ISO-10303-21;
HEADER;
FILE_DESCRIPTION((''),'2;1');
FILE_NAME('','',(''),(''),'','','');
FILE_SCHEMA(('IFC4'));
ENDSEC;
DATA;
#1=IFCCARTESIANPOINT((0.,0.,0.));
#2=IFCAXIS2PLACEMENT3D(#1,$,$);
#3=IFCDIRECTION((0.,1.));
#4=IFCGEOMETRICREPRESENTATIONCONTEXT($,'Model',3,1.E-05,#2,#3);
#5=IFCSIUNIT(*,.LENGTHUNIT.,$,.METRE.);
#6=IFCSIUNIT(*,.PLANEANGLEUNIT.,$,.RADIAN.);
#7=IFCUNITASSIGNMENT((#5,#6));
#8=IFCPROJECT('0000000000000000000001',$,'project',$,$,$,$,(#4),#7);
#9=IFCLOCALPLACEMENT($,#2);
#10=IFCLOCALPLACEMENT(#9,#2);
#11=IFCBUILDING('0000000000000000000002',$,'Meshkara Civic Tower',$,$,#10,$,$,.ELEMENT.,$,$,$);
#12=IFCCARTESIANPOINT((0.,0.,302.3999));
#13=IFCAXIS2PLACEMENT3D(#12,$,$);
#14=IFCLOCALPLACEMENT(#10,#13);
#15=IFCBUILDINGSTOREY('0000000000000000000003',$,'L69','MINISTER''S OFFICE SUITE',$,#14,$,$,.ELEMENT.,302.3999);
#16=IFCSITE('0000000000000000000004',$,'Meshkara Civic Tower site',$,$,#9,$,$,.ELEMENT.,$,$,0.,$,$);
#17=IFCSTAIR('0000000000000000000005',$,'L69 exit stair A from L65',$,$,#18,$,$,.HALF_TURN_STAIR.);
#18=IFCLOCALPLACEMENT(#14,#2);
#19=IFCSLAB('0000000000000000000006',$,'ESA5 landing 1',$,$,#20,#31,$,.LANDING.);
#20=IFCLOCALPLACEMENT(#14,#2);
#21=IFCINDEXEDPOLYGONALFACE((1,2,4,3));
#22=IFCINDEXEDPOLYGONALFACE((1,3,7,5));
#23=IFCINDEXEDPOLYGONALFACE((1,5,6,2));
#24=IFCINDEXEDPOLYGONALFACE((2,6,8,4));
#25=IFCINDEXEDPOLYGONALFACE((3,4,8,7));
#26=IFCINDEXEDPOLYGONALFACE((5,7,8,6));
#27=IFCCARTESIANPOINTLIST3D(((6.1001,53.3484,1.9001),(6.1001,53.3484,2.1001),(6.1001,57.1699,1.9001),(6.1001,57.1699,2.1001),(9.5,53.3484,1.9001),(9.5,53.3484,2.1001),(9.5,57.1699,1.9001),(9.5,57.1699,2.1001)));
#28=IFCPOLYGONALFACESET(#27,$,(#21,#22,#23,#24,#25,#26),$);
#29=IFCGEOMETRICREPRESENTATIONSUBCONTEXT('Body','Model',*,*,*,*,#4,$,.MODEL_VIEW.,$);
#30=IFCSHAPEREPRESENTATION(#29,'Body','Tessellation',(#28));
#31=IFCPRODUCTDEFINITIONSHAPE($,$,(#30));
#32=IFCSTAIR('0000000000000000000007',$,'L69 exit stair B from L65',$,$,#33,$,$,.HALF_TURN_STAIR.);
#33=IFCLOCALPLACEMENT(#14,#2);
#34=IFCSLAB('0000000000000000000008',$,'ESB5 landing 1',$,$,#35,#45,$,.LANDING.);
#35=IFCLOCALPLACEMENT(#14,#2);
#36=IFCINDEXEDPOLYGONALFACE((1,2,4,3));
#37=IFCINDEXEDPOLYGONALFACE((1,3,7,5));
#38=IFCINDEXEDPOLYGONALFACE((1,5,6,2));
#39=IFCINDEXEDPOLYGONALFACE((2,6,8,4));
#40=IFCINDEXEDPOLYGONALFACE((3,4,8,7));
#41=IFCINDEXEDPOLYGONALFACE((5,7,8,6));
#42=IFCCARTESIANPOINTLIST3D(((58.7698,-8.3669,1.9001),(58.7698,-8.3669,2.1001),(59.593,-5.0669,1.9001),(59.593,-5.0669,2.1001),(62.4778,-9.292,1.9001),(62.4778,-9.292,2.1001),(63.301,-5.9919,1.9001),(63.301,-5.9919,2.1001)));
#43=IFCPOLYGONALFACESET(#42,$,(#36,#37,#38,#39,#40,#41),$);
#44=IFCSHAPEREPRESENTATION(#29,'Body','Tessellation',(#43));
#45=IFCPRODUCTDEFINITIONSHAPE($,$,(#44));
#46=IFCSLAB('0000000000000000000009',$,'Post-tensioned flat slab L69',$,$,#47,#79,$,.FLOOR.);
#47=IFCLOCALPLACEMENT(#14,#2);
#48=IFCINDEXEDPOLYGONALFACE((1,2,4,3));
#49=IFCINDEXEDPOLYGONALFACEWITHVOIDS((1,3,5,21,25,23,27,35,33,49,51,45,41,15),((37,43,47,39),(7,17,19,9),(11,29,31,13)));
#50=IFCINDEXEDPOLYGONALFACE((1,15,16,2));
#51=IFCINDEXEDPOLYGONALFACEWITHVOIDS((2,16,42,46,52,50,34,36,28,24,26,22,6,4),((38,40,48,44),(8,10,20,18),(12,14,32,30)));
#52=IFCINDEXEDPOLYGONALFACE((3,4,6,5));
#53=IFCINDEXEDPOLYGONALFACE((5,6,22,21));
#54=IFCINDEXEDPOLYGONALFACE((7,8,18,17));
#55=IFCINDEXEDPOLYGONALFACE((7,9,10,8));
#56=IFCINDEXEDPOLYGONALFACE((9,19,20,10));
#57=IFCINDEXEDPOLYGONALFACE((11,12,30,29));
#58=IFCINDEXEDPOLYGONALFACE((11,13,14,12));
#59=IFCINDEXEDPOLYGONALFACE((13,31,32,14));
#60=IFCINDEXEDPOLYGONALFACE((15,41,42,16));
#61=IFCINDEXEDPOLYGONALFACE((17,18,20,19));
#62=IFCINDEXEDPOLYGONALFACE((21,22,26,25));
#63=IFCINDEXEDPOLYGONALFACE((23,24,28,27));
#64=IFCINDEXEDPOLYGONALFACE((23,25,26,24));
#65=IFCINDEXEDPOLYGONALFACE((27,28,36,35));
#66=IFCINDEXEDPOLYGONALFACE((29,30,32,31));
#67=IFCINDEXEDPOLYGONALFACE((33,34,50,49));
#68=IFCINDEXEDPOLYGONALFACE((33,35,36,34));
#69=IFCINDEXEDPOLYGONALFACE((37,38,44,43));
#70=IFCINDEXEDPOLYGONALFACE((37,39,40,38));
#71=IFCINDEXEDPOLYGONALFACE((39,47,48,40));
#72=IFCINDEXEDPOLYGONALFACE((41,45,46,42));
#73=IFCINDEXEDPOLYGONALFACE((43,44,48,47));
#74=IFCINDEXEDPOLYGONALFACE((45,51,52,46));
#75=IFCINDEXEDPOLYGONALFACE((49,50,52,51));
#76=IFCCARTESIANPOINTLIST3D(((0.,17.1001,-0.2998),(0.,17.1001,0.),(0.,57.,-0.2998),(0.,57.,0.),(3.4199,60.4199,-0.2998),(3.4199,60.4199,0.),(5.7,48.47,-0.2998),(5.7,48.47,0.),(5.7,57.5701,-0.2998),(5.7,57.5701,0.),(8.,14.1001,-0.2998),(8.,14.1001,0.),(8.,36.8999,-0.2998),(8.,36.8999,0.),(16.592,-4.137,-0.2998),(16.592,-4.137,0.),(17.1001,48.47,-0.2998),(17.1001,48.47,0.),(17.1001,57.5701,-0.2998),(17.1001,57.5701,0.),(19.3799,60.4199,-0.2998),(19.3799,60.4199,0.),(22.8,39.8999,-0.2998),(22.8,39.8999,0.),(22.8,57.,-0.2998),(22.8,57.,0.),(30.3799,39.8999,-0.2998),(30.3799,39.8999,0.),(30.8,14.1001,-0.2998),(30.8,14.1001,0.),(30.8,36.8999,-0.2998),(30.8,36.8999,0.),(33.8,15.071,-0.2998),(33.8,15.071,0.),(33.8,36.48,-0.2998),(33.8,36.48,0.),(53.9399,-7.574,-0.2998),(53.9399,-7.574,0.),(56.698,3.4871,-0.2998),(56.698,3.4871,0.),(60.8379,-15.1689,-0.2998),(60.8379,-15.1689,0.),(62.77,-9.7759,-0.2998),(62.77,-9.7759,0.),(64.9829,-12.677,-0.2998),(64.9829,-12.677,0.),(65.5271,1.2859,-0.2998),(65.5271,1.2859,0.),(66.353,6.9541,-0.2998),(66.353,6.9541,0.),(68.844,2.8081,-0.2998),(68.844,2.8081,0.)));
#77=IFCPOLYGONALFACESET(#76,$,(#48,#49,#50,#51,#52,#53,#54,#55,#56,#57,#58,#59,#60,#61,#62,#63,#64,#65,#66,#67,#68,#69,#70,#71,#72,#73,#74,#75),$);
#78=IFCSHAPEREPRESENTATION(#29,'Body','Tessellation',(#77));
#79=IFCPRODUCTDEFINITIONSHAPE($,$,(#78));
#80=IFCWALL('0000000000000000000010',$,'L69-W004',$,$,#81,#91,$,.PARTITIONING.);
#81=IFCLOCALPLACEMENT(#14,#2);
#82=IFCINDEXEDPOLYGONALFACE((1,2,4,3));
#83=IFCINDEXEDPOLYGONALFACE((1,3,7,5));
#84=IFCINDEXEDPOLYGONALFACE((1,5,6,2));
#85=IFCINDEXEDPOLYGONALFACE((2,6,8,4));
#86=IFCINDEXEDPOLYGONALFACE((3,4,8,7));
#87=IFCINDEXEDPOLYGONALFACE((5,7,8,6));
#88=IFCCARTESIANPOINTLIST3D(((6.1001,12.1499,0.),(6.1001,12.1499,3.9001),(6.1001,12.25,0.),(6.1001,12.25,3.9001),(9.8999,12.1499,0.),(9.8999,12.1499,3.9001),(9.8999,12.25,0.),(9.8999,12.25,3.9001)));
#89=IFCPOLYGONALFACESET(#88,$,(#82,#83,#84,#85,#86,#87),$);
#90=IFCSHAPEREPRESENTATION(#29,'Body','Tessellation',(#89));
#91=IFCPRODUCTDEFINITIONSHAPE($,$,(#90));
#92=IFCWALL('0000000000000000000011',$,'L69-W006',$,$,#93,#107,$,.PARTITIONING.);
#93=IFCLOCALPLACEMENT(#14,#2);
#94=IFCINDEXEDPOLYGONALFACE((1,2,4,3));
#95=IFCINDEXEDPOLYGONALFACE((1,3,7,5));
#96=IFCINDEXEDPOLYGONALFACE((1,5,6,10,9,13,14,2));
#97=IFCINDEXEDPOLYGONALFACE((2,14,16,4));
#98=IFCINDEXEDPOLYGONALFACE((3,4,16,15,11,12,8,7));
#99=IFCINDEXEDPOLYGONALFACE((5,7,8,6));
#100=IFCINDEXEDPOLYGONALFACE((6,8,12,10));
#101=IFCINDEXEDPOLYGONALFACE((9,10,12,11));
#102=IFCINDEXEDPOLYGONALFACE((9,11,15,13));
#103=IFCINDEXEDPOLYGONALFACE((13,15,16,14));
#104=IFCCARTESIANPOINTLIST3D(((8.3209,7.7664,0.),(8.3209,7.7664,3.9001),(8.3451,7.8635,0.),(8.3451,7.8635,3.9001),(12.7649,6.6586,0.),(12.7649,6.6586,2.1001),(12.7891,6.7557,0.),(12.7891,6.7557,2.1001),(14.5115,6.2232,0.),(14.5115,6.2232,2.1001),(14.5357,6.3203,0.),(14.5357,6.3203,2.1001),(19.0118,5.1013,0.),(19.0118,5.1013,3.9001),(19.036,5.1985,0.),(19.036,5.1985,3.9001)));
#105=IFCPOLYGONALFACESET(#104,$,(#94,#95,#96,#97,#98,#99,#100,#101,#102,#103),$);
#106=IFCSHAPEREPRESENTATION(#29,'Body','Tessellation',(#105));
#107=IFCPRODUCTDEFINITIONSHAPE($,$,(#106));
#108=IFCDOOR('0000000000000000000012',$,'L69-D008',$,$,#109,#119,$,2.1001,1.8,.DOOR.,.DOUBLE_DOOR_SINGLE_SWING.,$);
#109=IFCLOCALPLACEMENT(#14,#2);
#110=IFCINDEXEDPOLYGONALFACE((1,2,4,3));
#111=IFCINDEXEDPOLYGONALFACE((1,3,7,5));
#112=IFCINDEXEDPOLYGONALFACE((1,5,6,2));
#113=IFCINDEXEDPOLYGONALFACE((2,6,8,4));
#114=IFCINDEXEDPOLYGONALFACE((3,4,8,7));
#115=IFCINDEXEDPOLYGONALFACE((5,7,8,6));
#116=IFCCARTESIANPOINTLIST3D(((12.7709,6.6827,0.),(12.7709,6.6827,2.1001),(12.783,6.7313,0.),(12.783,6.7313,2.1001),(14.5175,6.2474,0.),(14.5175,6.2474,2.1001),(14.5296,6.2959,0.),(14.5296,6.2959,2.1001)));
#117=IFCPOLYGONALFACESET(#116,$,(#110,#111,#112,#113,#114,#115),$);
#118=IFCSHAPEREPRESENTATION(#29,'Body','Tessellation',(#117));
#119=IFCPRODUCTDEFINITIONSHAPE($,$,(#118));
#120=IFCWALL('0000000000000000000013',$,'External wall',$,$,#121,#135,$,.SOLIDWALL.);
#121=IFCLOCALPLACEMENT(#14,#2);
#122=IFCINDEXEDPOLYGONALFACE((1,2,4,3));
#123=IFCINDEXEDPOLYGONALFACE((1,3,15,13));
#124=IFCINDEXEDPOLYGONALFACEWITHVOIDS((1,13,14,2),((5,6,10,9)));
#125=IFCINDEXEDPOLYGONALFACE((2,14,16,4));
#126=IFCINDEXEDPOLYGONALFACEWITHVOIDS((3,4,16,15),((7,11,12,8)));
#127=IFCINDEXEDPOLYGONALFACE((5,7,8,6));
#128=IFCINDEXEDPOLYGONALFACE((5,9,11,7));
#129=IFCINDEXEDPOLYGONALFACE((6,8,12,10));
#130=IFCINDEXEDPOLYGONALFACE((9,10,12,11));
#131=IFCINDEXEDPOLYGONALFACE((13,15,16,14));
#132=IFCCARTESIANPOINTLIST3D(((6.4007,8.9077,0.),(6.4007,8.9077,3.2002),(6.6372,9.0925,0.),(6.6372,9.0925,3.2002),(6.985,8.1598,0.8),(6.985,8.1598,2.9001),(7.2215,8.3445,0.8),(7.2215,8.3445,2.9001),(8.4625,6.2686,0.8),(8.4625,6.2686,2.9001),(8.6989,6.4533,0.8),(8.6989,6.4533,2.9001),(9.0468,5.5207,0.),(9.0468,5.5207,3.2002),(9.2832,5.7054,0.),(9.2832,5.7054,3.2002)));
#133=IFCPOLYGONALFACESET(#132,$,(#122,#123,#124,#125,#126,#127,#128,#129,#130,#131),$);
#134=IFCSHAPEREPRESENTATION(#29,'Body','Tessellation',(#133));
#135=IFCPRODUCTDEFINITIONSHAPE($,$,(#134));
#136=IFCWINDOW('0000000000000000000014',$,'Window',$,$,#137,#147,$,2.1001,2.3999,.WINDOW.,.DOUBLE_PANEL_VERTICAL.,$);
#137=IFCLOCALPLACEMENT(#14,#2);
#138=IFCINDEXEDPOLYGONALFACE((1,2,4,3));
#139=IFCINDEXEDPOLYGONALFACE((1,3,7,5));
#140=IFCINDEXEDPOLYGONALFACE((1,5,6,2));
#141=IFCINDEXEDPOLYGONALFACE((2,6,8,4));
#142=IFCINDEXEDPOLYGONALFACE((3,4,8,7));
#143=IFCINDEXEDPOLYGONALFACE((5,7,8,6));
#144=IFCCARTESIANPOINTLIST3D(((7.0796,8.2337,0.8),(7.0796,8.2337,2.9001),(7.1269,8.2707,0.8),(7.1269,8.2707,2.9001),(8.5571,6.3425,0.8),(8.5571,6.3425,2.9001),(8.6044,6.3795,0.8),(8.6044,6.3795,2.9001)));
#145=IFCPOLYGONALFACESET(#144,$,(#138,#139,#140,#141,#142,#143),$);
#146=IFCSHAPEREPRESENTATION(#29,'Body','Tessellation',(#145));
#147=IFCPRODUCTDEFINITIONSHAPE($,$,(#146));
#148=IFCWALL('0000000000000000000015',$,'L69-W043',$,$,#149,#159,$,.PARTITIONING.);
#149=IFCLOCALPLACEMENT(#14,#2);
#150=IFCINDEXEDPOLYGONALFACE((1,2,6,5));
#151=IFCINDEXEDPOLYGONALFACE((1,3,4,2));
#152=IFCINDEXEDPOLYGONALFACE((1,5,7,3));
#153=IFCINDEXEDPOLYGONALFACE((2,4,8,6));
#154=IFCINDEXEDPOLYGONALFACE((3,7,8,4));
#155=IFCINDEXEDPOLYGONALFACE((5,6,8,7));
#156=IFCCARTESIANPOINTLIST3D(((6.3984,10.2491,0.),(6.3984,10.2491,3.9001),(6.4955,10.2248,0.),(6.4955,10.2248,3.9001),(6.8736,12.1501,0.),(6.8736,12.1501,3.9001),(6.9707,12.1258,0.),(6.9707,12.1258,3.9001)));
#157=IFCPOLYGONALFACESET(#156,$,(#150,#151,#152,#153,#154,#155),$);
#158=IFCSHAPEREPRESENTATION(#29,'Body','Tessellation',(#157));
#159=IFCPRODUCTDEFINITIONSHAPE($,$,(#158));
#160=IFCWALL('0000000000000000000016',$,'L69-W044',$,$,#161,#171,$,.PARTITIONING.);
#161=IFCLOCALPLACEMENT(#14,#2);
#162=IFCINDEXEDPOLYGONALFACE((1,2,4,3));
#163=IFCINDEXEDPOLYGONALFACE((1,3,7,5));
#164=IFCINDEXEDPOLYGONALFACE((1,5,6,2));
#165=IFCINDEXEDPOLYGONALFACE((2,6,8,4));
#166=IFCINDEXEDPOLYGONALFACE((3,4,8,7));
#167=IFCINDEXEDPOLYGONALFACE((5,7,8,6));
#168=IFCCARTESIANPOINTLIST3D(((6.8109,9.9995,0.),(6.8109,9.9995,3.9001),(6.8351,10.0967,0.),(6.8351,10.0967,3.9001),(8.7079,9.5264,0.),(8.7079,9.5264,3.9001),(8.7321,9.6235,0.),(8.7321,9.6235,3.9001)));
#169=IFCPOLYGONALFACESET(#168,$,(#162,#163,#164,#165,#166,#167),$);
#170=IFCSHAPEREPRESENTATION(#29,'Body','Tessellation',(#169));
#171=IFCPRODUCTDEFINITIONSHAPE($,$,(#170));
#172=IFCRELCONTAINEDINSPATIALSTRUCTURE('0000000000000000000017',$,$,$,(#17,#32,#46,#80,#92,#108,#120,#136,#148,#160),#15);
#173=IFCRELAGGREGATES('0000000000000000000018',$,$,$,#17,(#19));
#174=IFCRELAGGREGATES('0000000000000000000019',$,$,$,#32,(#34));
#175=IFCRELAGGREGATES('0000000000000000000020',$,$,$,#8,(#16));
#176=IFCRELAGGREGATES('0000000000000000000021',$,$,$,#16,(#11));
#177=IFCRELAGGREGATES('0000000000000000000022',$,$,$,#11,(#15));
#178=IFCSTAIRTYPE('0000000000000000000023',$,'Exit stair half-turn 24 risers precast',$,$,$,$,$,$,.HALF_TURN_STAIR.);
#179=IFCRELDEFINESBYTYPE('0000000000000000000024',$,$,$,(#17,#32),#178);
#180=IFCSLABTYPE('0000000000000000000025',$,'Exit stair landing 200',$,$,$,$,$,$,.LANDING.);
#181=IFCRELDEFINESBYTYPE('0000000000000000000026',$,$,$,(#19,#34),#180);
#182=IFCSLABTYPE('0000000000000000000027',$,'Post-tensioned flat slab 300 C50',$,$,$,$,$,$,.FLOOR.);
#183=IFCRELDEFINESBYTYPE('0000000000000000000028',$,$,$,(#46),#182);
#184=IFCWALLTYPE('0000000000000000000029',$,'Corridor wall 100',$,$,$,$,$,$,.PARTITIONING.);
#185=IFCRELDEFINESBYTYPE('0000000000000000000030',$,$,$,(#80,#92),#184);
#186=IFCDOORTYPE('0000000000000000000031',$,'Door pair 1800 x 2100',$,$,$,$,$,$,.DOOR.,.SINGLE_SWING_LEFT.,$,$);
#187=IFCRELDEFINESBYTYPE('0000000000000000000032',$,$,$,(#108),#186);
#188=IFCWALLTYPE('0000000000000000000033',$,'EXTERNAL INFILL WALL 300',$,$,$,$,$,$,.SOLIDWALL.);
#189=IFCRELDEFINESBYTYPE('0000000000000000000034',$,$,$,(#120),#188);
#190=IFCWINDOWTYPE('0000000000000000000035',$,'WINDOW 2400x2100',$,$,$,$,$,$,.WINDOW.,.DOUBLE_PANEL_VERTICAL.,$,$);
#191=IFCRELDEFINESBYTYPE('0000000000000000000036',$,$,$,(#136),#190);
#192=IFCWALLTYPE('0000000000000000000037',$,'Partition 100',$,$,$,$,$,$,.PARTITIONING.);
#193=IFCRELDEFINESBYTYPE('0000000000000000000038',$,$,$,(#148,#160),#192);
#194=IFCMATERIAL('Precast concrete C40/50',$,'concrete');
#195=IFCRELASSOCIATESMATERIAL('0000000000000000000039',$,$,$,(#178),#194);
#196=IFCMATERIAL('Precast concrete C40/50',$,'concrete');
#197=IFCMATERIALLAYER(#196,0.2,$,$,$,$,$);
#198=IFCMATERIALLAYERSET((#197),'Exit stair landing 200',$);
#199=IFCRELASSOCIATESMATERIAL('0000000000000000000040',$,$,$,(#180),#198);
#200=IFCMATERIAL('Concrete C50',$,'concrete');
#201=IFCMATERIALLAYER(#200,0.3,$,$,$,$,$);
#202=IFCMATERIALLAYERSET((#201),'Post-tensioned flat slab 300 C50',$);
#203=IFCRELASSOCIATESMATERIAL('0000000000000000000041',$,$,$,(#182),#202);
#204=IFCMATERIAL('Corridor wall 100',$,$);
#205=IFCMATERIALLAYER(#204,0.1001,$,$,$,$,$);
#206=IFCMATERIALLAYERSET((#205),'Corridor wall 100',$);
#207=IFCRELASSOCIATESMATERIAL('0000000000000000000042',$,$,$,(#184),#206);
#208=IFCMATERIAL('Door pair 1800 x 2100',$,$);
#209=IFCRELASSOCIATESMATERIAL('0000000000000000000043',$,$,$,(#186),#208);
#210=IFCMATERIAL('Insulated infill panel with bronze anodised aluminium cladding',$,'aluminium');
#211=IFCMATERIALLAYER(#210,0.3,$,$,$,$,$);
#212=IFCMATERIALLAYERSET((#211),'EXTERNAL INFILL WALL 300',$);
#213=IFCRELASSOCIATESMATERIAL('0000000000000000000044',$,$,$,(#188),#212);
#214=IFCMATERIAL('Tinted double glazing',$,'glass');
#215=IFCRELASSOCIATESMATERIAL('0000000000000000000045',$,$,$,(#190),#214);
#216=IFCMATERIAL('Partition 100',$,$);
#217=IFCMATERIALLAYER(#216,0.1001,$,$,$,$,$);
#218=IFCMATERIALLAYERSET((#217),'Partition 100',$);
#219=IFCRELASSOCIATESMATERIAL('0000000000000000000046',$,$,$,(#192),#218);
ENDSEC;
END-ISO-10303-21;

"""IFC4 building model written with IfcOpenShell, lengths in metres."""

from ifc_helpers import new_model, si_unit, direction, frame, frame_2d, origin, place, context, subcontext, project, spatial, polyline, rectangle, outline, extrude, material, layer, layer_set, type_object, element, fill, aggregate, save


model = new_model("IFC4")

# Units and contexts
model_context = context("Model", 3, precision=1e-05, world=origin(), true_north=direction((0.0, 1.0)))
body_context = subcontext(model_context, "Body", "Model", "MODEL_VIEW")
ifc_project = project(units=[si_unit("LENGTHUNIT", "METRE"), si_unit("PLANEANGLEUNIT", "RADIAN")], contexts=[model_context])

# Site, building, storey
site_placement = place(None, origin())
site = spatial("IfcSite", under=ifc_project, at=site_placement, Name="Meshkara Civic Tower site", CompositionType="ELEMENT", RefElevation=0.0)
building_placement = place(site_placement, origin())
building = spatial("IfcBuilding", under=site, at=building_placement, Name="Meshkara Civic Tower", CompositionType="ELEMENT")
storey_placement = place(building_placement, frame((0.0, 0.0, 302.3999)))
storey = spatial("IfcBuildingStorey", under=building, at=storey_placement, Name="L69", Description="MINISTER'S OFFICE SUITE", CompositionType="ELEMENT", Elevation=302.3999)

# Stairs, slabs
ifc_material_1 = material(Name="Precast concrete C40/50", Category="concrete")
stair_type = type_object("IfcStairType", Name="Exit stair half-turn 24 risers precast", PredefinedType="HALF_TURN_STAIR", material=ifc_material_1)
ifc_material_2 = material(Name="Precast concrete C40/50", Category="concrete")
ifc_layer_1 = layer(ifc_material_2, 0.2)
ifc_layer_set_1 = layer_set([ifc_layer_1], Name="Exit stair landing 200")
slab_type_1 = type_object("IfcSlabType", Name="Exit stair landing 200", PredefinedType="LANDING", material=ifc_layer_set_1)
stair_1_placement = place(storey_placement, origin())
stair_1 = element("IfcStair", 1, at=stair_1_placement, inside=storey, type_object=stair_type, Name="L69 exit stair A from L65", PredefinedType="HALF_TURN_STAIR")
slab_1_placement = place(storey_placement, frame((0.0, 0.0, 1.9001)))
slab_1 = element("IfcSlab", 2, at=slab_1_placement, type_object=slab_type_1, Name="ESA5 landing 1", PredefinedType="LANDING", context=body_context, shape_type="SweptSolid", body=[
    extrude(outline(polyline([(9.5, 53.3484), (9.5, 57.1699), (6.1001, 57.1699), (6.1001, 53.3484), (9.5, 53.3484)])), origin(), (0.0, 0.0, 1.0), 0.2),
])
aggregate(stair_1, [slab_1])
stair_2_placement = place(storey_placement, origin())
stair_2 = element("IfcStair", 3, at=stair_2_placement, inside=storey, type_object=stair_type, Name="L69 exit stair B from L65", PredefinedType="HALF_TURN_STAIR")
slab_2_placement = place(storey_placement, frame((0.0, 0.0, 1.9001)))
slab_2 = element("IfcSlab", 4, at=slab_2_placement, type_object=slab_type_1, Name="ESB5 landing 1", PredefinedType="LANDING", context=body_context, shape_type="SweptSolid", body=[
    extrude(outline(polyline([(58.7698, -8.3669), (62.4778, -9.292), (63.301, -5.9919), (59.593, -5.0669), (58.7698, -8.3669)])), origin(), (0.0, 0.0, 1.0), 0.2),
])
aggregate(stair_2, [slab_2])

# Slab
ifc_material_3 = material(Name="Concrete C50", Category="concrete")
ifc_layer_2 = layer(ifc_material_3, 0.3)
ifc_layer_set_2 = layer_set([ifc_layer_2], Name="Post-tensioned flat slab 300 C50")
slab_type_2 = type_object("IfcSlabType", Name="Post-tensioned flat slab 300 C50", PredefinedType="FLOOR", material=ifc_layer_set_2)
slab_3_placement = place(storey_placement, frame((0.0, 0.0, -0.2998)))
element("IfcSlab", 5, at=slab_3_placement, inside=storey, type_object=slab_type_2, Name="Post-tensioned flat slab L69", PredefinedType="FLOOR", context=body_context, shape_type="SweptSolid", body=[
    extrude(outline(polyline([(64.9829, -12.677), (60.8379, -15.1689), (16.592, -4.137), (0.0, 17.1001), (0.0, 57.0), (3.4199, 60.4199), (19.3799, 60.4199), (22.8, 57.0), (22.8, 39.8999), (30.3799, 39.8999), (33.8, 36.48), (33.8, 15.071), (66.353, 6.9541), (68.844, 2.8081), (64.9829, -12.677)]), holes=[polyline([(62.77, -9.7759), (65.5271, 1.2859), (56.698, 3.4871), (53.9399, -7.574), (62.77, -9.7759)]), polyline([(8.0, 14.1001), (30.8, 14.1001), (30.8, 36.8999), (8.0, 36.8999), (8.0, 14.1001)]), polyline([(5.7, 57.5701), (5.7, 48.47), (17.1001, 48.47), (17.1001, 57.5701), (5.7, 57.5701)])]), origin(), (0.0, 0.0, 1.0), 0.2998),
])

# Wall
ifc_material_4 = material(Name="Corridor wall 100")
ifc_layer_3 = layer(ifc_material_4, 0.1001)
ifc_layer_set_3 = layer_set([ifc_layer_3], Name="Corridor wall 100")
wall_type_1 = type_object("IfcWallType", Name="Corridor wall 100", PredefinedType="PARTITIONING", material=ifc_layer_set_3)
wall_1_placement = place(storey_placement, frame((6.1001, 12.2, 0.0), z_axis=(0.0, 0.0, 1.0), x_axis=(1.0, 0.0, 0.0)))
element("IfcWall", 6, at=wall_1_placement, inside=storey, type_object=wall_type_1, Name="L69-W004", PredefinedType="PARTITIONING", context=body_context, shape_type="SweptSolid", body=[
    extrude(rectangle(XDim=3.7998, YDim=0.1001, at=frame_2d((1.8999, 0.0))), origin(), (0.0, 0.0, 1.0), 3.9001),
])

# Wall, opening, door
wall_2_placement = place(storey_placement, frame((8.333, 7.8149, 0.0), z_axis=(0.0, 0.0, 1.0), x_axis=(0.970307, -0.241879, 0.0)))
wall_2 = element("IfcWall", 7, at=wall_2_placement, inside=storey, type_object=wall_type_1, Name="L69-W006", PredefinedType="PARTITIONING", context=body_context, shape_type="SweptSolid", body=[
    extrude(rectangle(XDim=11.0181, YDim=0.1001, at=frame_2d((5.509, 0.0))), origin(), (0.0, 0.0, 1.0), 3.9001),
])
opening_1_placement = place(wall_2_placement, frame((4.5801, 0.0, 0.0)))
opening_1 = element("IfcOpeningElement", 8, at=opening_1_placement, cuts=wall_2, PredefinedType="OPENING", context=body_context, shape_type="SweptSolid", body=[
    extrude(rectangle(XDim=1.8, YDim=2.1001, at=frame_2d((0.8999, 1.05))), frame((0.0, 0.0601, 0.0), z_axis=(0.0, -1.0, 0.0), x_axis=(1.0, 0.0, 0.0)), (0.0, 0.0, 1.0), 0.1201),
])
ifc_material_5 = material(Name="Door pair 1800 x 2100")
door_type = type_object("IfcDoorType", Name="Door pair 1800 x 2100", OperationType="SINGLE_SWING_LEFT", PredefinedType="DOOR", material=ifc_material_5)
door_placement = place(opening_1_placement, origin())
door = element("IfcDoor", 9, at=door_placement, inside=storey, type_object=door_type, Name="L69-D008", OperationType="DOUBLE_DOOR_SINGLE_SWING", OverallHeight=2.1001, OverallWidth=1.8, PredefinedType="DOOR", context=body_context, shape_type="SweptSolid", body=[
    extrude(rectangle(XDim=1.8, YDim=2.1001, at=frame_2d((0.8999, 1.05))), frame((0.0, 0.0249, 0.0), z_axis=(0.0, -1.0, 0.0), x_axis=(1.0, 0.0, 0.0)), (0.0, 0.0, 1.0), 0.05),
])
fill(opening_1, door)

# Wall, opening, window
ifc_material_6 = material(Name="Insulated infill panel with bronze anodised aluminium cladding", Category="aluminium")
ifc_layer_4 = layer(ifc_material_6, 0.3)
ifc_layer_set_4 = layer_set([ifc_layer_4], Name="EXTERNAL INFILL WALL 300")
wall_type_2 = type_object("IfcWallType", Name="EXTERNAL INFILL WALL 300", PredefinedType="SOLIDWALL", material=ifc_layer_set_4)
wall_3_placement = place(storey_placement, frame((6.519, 9.0, 0.0), z_axis=(0.0, 0.0, 1.0), x_axis=(0.615634, -0.788032, 0.0)))
wall_3 = element("IfcWall", 10, at=wall_3_placement, inside=storey, type_object=wall_type_2, Name="External wall", PredefinedType="SOLIDWALL", context=body_context, shape_type="SweptSolid", body=[
    extrude(rectangle(XDim=4.2981, YDim=0.3, at=frame_2d((2.1489, 0.0))), origin(), (0.0, 0.0, 1.0), 3.2002),
])
opening_2_placement = place(wall_3_placement, frame((0.949, 0.0, 0.8)))
opening_2 = element("IfcOpeningElement", 11, at=opening_2_placement, cuts=wall_3, PredefinedType="OPENING", context=body_context, shape_type="SweptSolid", body=[
    extrude(rectangle(XDim=2.3999, YDim=2.1001, at=frame_2d((1.2, 1.05))), frame((0.0, 0.1599, 0.0), z_axis=(0.0, -1.0, 0.0), x_axis=(1.0, 0.0, 0.0)), (0.0, 0.0, 1.0), 0.3201),
])
ifc_material_7 = material(Name="Tinted double glazing", Category="glass")
window_type = type_object("IfcWindowType", Name="WINDOW 2400x2100", PartitioningType="DOUBLE_PANEL_VERTICAL", PredefinedType="WINDOW", material=ifc_material_7)
window_placement = place(opening_2_placement, origin())
window = element("IfcWindow", 12, at=window_placement, inside=storey, type_object=window_type, Name="Window", OverallHeight=2.1001, OverallWidth=2.3999, PartitioningType="DOUBLE_PANEL_VERTICAL", PredefinedType="WINDOW", context=body_context, shape_type="SweptSolid", body=[
    extrude(rectangle(XDim=2.3999, YDim=2.1001, at=frame_2d((1.2, 1.05))), frame((0.0, 0.03, 0.0), z_axis=(0.0, -1.0, 0.0), x_axis=(1.0, 0.0, 0.0)), (0.0, 0.0, 1.0), 0.0601),
])
fill(opening_2, window)

# Walls
ifc_material_8 = material(Name="Partition 100")
ifc_layer_5 = layer(ifc_material_8, 0.1001)
ifc_layer_set_5 = layer_set([ifc_layer_5], Name="Partition 100")
wall_type_3 = type_object("IfcWallType", Name="Partition 100", PredefinedType="PARTITIONING", material=ifc_layer_set_5)
wall_4_placement = place(storey_placement, frame((6.9221, 12.1379, 0.0), z_axis=(0.0, 0.0, 1.0), x_axis=(-0.242477, -0.970157, 0.0)))
element("IfcWall", 13, at=wall_4_placement, inside=storey, type_object=wall_type_3, Name="L69-W043", PredefinedType="PARTITIONING", context=body_context, shape_type="SweptSolid", body=[
    extrude(rectangle(XDim=1.9595, YDim=0.1001, at=frame_2d((0.9797, 0.0))), origin(), (0.0, 0.0, 1.0), 3.9001),
])
wall_5_placement = place(storey_placement, frame((8.72, 9.575, 0.0), z_axis=(0.0, 0.0, 1.0), x_axis=(-0.970275, 0.242007, 0.0)))
element("IfcWall", 14, at=wall_5_placement, inside=storey, type_object=wall_type_3, Name="L69-W044", PredefinedType="PARTITIONING", context=body_context, shape_type="SweptSolid", body=[
    extrude(rectangle(XDim=1.9551, YDim=0.1001, at=frame_2d((0.9775, 0.0))), origin(), (0.0, 0.0, 1.0), 3.9001),
])

save(model, "model.ifc")
